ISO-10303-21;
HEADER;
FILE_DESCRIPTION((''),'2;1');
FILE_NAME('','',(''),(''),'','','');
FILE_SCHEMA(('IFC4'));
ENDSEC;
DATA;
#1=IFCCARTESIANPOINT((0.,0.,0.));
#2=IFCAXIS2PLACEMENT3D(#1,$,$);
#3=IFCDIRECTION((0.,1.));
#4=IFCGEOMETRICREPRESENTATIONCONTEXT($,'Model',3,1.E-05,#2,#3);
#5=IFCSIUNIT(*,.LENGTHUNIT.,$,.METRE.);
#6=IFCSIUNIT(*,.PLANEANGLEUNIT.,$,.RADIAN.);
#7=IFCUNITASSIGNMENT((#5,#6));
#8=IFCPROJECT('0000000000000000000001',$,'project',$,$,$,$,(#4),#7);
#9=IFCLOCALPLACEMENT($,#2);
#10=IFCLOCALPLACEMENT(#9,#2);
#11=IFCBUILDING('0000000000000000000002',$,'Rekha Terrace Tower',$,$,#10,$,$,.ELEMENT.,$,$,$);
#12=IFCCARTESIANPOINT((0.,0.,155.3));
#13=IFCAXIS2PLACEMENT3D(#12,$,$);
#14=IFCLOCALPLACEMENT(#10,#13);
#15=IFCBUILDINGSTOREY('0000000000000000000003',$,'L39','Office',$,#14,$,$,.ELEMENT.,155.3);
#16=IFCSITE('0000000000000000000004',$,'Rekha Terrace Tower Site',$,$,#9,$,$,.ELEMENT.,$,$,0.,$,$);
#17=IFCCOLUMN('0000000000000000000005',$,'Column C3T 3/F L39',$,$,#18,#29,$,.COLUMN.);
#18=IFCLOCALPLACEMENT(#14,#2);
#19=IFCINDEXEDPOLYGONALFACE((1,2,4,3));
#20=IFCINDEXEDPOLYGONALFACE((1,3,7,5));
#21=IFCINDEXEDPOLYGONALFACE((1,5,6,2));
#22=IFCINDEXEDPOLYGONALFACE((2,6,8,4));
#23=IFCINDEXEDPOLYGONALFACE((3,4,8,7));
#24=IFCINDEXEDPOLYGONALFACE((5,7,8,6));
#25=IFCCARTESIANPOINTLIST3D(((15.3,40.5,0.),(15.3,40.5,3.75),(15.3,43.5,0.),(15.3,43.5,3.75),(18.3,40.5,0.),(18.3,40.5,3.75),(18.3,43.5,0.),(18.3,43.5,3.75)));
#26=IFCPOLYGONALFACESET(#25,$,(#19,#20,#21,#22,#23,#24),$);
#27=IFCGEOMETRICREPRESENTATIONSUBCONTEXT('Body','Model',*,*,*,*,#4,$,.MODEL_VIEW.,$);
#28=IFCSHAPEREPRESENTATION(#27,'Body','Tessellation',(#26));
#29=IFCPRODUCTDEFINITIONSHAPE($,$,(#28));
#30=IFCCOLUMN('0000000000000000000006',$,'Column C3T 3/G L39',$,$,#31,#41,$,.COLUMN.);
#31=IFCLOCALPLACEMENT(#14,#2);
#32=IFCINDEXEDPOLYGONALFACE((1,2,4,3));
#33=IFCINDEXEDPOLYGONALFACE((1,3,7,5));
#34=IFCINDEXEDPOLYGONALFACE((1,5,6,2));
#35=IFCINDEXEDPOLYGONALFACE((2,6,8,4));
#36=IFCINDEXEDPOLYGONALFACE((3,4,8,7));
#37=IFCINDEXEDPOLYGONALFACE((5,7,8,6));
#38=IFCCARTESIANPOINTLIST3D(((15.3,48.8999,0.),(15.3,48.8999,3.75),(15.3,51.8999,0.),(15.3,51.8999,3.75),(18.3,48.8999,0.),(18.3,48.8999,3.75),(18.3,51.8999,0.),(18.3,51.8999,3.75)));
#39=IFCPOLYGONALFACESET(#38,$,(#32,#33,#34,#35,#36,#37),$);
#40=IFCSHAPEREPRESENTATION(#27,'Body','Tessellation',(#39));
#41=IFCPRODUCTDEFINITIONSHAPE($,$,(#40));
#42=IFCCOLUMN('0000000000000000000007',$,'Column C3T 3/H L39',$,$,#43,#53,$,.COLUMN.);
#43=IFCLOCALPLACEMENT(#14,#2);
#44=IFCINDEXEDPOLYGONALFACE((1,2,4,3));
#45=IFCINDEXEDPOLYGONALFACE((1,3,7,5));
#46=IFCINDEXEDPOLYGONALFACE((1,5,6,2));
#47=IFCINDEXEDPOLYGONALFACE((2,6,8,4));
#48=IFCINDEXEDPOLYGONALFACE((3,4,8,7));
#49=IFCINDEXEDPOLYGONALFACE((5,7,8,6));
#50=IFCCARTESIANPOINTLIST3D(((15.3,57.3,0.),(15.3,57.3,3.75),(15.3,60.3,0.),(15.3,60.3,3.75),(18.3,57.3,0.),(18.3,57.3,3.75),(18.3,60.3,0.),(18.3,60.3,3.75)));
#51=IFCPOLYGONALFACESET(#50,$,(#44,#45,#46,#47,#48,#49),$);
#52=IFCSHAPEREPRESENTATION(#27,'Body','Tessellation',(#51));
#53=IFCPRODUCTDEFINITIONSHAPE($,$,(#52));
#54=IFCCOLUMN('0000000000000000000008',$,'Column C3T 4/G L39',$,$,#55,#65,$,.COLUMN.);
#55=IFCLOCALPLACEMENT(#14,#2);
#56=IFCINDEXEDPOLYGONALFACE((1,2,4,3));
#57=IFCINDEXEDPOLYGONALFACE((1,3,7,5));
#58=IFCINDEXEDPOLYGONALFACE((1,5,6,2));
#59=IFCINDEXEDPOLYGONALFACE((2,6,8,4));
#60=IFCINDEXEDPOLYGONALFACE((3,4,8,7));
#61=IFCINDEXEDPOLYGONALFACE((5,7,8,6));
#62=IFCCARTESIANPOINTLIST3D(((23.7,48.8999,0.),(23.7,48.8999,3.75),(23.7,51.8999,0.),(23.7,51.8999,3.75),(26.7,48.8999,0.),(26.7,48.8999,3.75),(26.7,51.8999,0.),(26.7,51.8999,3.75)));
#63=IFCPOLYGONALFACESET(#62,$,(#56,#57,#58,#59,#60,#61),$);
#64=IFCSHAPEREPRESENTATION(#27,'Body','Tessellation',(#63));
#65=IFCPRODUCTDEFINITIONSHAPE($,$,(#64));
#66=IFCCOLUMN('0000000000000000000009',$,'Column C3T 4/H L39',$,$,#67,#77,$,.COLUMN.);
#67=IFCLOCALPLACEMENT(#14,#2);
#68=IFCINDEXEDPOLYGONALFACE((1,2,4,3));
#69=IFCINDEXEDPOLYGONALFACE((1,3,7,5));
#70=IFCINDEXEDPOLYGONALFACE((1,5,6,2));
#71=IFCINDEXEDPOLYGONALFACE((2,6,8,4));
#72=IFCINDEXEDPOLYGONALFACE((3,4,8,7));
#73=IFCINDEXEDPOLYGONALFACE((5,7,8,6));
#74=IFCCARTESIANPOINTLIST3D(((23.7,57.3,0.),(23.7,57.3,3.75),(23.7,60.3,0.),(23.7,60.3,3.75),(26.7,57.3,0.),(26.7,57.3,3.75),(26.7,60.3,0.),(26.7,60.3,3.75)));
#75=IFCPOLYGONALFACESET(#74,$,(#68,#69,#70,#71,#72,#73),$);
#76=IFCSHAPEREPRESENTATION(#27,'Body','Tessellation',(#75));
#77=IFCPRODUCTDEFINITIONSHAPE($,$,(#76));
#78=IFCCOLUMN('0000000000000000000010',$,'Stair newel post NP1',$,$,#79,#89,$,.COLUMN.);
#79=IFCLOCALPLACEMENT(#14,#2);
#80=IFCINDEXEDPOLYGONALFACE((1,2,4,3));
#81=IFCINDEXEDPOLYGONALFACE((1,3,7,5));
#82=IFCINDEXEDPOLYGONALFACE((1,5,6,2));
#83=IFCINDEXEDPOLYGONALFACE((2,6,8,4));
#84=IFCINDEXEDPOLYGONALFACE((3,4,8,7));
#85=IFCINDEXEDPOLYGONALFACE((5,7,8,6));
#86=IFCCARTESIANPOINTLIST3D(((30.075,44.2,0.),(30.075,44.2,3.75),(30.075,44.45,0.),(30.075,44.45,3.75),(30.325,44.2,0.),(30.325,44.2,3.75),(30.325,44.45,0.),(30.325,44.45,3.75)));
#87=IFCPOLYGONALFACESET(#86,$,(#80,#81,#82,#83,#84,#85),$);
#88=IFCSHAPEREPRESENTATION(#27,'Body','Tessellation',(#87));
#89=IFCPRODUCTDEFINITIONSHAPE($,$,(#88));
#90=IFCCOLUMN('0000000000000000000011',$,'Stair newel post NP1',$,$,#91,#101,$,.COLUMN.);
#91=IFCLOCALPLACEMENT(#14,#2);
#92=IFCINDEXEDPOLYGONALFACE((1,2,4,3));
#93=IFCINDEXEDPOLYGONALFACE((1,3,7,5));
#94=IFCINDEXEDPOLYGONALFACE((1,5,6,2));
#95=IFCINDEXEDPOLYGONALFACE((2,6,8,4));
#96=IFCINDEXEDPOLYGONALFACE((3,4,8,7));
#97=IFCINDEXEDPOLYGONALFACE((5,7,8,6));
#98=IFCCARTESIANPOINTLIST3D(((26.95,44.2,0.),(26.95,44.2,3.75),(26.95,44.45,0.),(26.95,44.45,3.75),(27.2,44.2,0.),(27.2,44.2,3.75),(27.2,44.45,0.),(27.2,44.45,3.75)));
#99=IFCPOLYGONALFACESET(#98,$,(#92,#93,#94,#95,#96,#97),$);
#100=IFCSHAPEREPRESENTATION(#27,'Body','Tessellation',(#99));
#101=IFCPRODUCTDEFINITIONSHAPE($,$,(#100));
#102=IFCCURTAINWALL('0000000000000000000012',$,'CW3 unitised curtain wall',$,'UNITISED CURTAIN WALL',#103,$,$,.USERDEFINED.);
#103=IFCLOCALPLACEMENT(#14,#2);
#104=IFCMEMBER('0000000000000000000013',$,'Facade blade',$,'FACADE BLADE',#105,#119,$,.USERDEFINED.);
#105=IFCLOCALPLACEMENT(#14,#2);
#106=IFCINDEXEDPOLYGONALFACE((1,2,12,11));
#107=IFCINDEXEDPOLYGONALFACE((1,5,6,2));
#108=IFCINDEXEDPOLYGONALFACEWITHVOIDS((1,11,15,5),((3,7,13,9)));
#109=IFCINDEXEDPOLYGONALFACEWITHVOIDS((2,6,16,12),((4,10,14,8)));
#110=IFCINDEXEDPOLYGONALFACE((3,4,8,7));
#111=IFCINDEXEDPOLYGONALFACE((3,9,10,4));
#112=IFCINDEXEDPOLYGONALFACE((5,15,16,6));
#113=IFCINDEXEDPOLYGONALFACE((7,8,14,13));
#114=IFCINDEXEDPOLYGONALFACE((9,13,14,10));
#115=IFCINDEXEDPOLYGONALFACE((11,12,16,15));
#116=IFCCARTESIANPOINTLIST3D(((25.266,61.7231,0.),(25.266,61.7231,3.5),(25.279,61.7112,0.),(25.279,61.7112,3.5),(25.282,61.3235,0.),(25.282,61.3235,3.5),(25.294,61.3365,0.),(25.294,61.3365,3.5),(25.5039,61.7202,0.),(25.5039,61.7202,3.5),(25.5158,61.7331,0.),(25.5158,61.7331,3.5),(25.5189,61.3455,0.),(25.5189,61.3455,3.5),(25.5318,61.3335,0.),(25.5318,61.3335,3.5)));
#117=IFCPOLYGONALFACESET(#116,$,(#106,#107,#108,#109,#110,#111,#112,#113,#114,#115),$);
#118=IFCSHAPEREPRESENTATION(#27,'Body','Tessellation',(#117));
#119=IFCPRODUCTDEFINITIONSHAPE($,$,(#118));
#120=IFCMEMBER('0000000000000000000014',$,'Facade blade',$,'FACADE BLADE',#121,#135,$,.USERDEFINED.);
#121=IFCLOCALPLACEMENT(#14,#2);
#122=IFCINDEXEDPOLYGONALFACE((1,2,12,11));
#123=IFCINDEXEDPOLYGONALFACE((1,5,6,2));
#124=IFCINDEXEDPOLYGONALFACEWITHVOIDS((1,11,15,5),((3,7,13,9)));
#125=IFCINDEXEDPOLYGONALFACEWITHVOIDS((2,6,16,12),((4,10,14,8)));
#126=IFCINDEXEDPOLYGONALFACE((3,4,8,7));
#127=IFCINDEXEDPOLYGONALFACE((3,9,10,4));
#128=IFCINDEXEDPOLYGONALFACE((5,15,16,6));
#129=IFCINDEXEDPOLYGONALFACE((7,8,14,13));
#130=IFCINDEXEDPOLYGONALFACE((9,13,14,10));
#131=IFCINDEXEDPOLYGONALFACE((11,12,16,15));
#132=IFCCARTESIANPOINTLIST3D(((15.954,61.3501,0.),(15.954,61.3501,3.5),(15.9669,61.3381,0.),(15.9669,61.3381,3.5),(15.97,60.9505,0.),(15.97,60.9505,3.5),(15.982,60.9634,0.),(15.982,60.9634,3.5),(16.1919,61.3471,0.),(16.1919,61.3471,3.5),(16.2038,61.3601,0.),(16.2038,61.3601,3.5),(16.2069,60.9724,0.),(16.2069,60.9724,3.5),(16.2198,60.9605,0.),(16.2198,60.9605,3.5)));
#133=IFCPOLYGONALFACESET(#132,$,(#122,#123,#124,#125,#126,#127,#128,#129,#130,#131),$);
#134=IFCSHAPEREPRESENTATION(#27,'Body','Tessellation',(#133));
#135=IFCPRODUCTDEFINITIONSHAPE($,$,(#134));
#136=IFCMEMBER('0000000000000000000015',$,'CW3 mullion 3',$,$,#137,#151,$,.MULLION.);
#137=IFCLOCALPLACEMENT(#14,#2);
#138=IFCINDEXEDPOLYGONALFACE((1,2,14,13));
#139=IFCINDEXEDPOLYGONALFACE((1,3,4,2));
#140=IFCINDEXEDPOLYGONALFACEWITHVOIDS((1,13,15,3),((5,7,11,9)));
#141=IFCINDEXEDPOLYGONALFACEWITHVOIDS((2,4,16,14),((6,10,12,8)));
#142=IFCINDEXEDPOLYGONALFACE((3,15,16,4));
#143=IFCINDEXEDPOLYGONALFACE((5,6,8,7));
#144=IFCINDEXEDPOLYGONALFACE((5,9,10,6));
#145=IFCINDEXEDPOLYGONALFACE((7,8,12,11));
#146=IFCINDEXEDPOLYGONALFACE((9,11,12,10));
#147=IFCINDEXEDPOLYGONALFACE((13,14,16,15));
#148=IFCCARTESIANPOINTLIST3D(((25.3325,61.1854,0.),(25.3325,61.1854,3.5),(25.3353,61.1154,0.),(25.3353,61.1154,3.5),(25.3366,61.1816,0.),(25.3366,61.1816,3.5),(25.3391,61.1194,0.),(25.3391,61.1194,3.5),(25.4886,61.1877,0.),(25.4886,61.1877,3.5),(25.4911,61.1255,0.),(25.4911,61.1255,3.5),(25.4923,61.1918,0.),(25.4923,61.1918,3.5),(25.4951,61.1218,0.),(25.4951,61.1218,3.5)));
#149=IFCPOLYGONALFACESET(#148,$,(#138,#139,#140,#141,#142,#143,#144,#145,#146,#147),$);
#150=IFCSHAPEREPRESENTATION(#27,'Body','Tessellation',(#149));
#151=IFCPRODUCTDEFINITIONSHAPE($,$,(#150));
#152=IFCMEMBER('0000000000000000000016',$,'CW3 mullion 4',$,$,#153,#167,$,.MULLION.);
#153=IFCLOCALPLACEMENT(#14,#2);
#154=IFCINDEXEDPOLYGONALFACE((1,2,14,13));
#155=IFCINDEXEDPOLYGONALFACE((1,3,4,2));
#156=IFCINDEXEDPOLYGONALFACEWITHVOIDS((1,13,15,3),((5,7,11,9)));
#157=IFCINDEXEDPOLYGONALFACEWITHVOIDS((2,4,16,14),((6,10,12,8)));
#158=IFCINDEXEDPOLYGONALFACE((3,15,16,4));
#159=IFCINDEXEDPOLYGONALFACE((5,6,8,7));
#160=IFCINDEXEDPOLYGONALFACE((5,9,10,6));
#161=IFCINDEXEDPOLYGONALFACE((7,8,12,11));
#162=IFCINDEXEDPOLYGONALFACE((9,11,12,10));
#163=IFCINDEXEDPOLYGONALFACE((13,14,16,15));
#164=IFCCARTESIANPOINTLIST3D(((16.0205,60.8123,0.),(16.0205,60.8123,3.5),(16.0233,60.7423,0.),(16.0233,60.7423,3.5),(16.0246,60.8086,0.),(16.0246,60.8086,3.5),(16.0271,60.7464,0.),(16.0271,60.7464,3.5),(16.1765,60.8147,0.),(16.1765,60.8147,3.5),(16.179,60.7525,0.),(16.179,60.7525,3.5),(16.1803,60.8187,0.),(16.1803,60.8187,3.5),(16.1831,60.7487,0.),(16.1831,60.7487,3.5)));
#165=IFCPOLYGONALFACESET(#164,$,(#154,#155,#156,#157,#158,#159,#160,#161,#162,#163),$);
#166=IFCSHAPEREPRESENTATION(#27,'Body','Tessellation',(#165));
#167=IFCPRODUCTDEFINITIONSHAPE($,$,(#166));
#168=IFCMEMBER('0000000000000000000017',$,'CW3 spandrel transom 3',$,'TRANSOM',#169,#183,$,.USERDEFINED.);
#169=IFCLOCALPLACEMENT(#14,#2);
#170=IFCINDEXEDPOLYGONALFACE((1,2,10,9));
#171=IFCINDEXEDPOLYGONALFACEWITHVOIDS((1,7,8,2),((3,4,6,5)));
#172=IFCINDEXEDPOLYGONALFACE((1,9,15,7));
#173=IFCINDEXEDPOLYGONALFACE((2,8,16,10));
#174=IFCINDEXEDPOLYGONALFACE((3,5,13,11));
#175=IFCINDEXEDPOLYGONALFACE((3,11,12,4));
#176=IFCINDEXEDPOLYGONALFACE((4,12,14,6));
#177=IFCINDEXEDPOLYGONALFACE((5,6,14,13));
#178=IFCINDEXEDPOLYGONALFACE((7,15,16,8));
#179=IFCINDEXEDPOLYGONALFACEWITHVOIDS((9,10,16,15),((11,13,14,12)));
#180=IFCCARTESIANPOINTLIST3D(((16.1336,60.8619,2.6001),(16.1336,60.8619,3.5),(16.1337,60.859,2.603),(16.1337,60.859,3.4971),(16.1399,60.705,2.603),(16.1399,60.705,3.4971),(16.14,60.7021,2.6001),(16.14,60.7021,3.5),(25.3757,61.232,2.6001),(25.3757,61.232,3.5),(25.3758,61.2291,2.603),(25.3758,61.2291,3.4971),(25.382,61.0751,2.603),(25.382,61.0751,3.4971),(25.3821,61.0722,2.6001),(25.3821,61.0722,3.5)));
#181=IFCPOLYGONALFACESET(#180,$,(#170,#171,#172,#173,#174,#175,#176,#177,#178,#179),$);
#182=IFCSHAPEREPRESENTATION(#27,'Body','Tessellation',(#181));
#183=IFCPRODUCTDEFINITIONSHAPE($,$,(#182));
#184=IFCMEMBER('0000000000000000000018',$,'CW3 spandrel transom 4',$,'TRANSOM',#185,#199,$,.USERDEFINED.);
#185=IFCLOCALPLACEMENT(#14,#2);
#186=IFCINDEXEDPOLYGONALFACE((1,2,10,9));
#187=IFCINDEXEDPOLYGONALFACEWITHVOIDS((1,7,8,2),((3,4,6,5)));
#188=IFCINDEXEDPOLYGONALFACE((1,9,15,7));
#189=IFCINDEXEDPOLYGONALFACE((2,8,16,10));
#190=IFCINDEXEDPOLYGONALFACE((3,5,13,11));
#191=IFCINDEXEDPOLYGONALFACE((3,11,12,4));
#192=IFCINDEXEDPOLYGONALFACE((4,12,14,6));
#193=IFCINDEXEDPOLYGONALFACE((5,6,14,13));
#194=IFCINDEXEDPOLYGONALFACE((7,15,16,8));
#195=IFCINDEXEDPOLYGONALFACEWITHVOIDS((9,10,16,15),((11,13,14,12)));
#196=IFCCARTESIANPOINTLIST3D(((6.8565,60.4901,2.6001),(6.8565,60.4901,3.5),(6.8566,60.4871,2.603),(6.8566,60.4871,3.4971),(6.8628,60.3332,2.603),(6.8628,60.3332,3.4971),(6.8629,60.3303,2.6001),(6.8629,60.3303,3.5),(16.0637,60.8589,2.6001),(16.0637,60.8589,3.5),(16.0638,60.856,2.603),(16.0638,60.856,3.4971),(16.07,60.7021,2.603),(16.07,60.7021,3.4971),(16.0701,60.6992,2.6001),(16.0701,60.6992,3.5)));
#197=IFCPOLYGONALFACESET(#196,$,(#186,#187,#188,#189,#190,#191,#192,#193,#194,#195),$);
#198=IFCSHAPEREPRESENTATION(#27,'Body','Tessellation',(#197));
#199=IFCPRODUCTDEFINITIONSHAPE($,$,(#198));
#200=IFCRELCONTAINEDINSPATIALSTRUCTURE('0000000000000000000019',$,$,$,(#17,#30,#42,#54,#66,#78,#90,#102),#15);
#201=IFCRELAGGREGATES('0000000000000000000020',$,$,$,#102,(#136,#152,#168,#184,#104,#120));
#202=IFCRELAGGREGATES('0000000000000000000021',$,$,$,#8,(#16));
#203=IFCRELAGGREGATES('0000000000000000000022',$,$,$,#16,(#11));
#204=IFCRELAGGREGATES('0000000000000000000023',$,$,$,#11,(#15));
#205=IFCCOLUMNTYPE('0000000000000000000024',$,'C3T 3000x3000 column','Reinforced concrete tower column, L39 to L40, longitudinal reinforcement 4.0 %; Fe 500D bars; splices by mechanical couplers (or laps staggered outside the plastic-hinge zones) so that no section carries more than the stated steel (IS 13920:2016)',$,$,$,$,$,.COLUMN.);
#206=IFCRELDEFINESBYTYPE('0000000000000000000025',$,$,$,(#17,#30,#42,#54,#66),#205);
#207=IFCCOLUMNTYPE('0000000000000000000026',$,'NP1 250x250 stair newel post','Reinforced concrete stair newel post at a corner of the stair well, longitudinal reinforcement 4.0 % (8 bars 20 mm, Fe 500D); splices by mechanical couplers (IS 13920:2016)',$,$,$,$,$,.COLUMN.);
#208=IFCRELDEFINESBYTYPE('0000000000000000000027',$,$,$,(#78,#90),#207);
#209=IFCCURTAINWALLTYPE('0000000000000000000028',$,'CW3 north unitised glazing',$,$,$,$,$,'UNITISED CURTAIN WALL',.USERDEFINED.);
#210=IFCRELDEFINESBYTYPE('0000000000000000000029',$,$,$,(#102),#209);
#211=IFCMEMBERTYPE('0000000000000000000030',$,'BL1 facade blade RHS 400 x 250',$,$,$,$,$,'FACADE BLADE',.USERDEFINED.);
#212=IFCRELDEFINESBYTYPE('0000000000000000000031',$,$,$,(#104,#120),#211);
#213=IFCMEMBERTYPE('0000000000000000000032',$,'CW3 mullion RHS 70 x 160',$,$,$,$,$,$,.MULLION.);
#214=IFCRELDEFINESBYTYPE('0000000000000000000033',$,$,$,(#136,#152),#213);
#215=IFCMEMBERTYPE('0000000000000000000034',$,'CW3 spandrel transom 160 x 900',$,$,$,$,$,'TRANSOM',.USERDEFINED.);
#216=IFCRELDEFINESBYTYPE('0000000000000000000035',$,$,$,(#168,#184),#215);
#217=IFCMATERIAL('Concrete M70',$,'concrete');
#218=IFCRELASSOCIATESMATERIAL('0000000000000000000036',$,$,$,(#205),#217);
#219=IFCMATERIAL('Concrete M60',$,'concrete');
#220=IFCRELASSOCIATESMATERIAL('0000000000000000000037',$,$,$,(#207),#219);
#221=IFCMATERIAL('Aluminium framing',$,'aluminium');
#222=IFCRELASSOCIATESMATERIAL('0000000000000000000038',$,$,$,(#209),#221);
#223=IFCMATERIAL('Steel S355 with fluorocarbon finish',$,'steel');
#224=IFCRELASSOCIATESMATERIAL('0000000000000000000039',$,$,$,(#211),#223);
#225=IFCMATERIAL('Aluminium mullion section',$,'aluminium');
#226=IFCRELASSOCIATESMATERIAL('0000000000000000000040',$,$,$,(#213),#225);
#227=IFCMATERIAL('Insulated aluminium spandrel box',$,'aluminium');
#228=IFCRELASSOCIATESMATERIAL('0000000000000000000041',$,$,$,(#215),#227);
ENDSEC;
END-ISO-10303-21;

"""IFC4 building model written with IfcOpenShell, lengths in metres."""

from ifc_helpers import new_model, si_unit, direction, frame, origin, origin_2d, place, context, subcontext, project, spatial, rectangle, hollow_rectangle, extrude, material, material_profile, profile_set, type_object, element, aggregate, save


model = new_model("IFC4")

# Units and contexts
model_context = context("Model", 3, precision=1e-05, world=origin(), true_north=direction((0.0, 1.0)))
body_context = subcontext(model_context, "Body", "Model", "MODEL_VIEW")
ifc_project = project(units=[si_unit("LENGTHUNIT", "METRE"), si_unit("PLANEANGLEUNIT", "RADIAN")], contexts=[model_context])

# Site, building, storey
site_placement = place(None, origin())
site = spatial("IfcSite", under=ifc_project, at=site_placement, Name="Rekha Terrace Tower Site", CompositionType="ELEMENT", RefElevation=0.0)
building_placement = place(site_placement, origin())
building = spatial("IfcBuilding", under=site, at=building_placement, Name="Rekha Terrace Tower", CompositionType="ELEMENT")
storey_placement = place(building_placement, frame((0.0, 0.0, 155.3)))
storey = spatial("IfcBuildingStorey", under=building, at=storey_placement, Name="L39", Description="Office", CompositionType="ELEMENT", Elevation=155.3)

# Columns
ifc_material_1 = material(Name="Concrete M70", Category="concrete")
ifc_material_profile_1 = material_profile(ifc_material_1, rectangle(XDim=3.0, YDim=3.0, at=origin_2d()), Name="RC 3000x3000")
ifc_profile_set_1 = profile_set([ifc_material_profile_1], Name="Concrete M70")
column_type_1 = type_object("IfcColumnType", Name="C3T 3000x3000 column", Description="Reinforced concrete tower column, L39 to L40, longitudinal reinforcement 4.0 %; Fe 500D bars; splices by mechanical couplers (or laps staggered outside the plastic-hinge zones) so that no section carries more than the stated steel (IS 13920:2016)", PredefinedType="COLUMN", material=ifc_profile_set_1)
for number, where, z_axis, x_axis, name in (
    (1, (16.8, 42.0, 0.0), (0.0, 0.0, 1.0), (1.0, 0.0, 0.0), "Column C3T 3/F L39"),
    (2, (16.8, 50.3999, 0.0), (0.0, 0.0, 1.0), (1.0, 0.0, 0.0), "Column C3T 3/G L39"),
    (3, (16.8, 58.8, 0.0), (0.0, 0.0, 1.0), (1.0, 0.0, 0.0), "Column C3T 3/H L39"),
    (4, (25.2, 50.3999, 0.0), (0.0, 0.0, 1.0), (1.0, 0.0, 0.0), "Column C3T 4/G L39"),
    (5, (25.2, 58.8, 0.0), (0.0, 0.0, 1.0), (1.0, 0.0, 0.0), "Column C3T 4/H L39"),
):
    element("IfcColumn", number, at=place(storey_placement, frame(where, z_axis=z_axis, x_axis=x_axis)), inside=storey, type_object=column_type_1, Name=name, PredefinedType="COLUMN", context=body_context, shape_type="SweptSolid", body=[
        extrude(rectangle(XDim=3.0, YDim=3.0, at=origin_2d()), origin(), (0.0, 0.0, 1.0), 3.75),
    ])
ifc_material_2 = material(Name="Concrete M60", Category="concrete")
ifc_material_profile_2 = material_profile(ifc_material_2, rectangle(XDim=0.25, YDim=0.25, at=origin_2d()), Name="RC 250x250")
ifc_profile_set_2 = profile_set([ifc_material_profile_2], Name="Concrete M60")
column_type_2 = type_object("IfcColumnType", Name="NP1 250x250 stair newel post", Description="Reinforced concrete stair newel post at a corner of the stair well, longitudinal reinforcement 4.0 % (8 bars 20 mm, Fe 500D); splices by mechanical couplers (IS 13920:2016)", PredefinedType="COLUMN", material=ifc_profile_set_2)
for number, where, z_axis, x_axis, name in (
    (6, (30.2, 44.325, 0.0), (0.0, 0.0, 1.0), (1.0, 0.0, 0.0), "Stair newel post NP1"),
    (7, (27.075, 44.325, 0.0), (0.0, 0.0, 1.0), (1.0, 0.0, 0.0), "Stair newel post NP1"),
):
    element("IfcColumn", number, at=place(storey_placement, frame(where, z_axis=z_axis, x_axis=x_axis)), inside=storey, type_object=column_type_2, Name=name, PredefinedType="COLUMN", context=body_context, shape_type="SweptSolid", body=[
        extrude(rectangle(XDim=0.25, YDim=0.25, at=origin_2d()), origin(), (0.0, 0.0, 1.0), 3.75),
    ])

# Curtain wall, members
ifc_material_3 = material(Name="Aluminium framing", Category="aluminium")
curtain_wall_type = type_object("IfcCurtainWallType", Name="CW3 north unitised glazing", ElementType="UNITISED CURTAIN WALL", PredefinedType="USERDEFINED", material=ifc_material_3)
curtain_wall_placement = place(storey_placement, origin())
curtain_wall = element("IfcCurtainWall", 8, at=curtain_wall_placement, inside=storey, type_object=curtain_wall_type, Name="CW3 unitised curtain wall", ObjectType="UNITISED CURTAIN WALL", PredefinedType="USERDEFINED")
ifc_material_4 = material(Name="Steel S355 with fluorocarbon finish", Category="steel")
ifc_material_profile_3 = material_profile(ifc_material_4, hollow_rectangle(XDim=0.25, YDim=0.3999, WallThickness=0.0125, at=origin_2d()), Name="RHS400x250x12.5")
ifc_profile_set_3 = profile_set([ifc_material_profile_3], Name="Steel S355 with fluorocarbon finish")
member_type_1 = type_object("IfcMemberType", Name="BL1 facade blade RHS 400 x 250", ElementType="FACADE BLADE", PredefinedType="USERDEFINED", material=ifc_profile_set_3)
member_1_placement = place(storey_placement, frame((25.3989, 61.5283, 0.0), z_axis=(0.0, 0.0, 1.0), x_axis=(-0.999198, -0.040032, 0.0)))
member_1 = element("IfcMember", 9, at=member_1_placement, type_object=member_type_1, Name="Facade blade", ObjectType="FACADE BLADE", PredefinedType="USERDEFINED", context=body_context, shape_type="SweptSolid", body=[
    extrude(hollow_rectangle(XDim=0.25, YDim=0.3999, WallThickness=0.0125, at=origin_2d()), origin(), (0.0, 0.0, 1.0), 3.5),
])
member_2_placement = place(storey_placement, frame((16.0869, 61.1553, 0.0), z_axis=(0.0, 0.0, 1.0), x_axis=(-0.999198, -0.040032, 0.0)))
member_2 = element("IfcMember", 10, at=member_2_placement, type_object=member_type_1, Name="Facade blade", ObjectType="FACADE BLADE", PredefinedType="USERDEFINED", context=body_context, shape_type="SweptSolid", body=[
    extrude(hollow_rectangle(XDim=0.25, YDim=0.3999, WallThickness=0.0125, at=origin_2d()), origin(), (0.0, 0.0, 1.0), 3.5),
])
ifc_material_5 = material(Name="Aluminium mullion section", Category="aluminium")
ifc_material_profile_4 = material_profile(ifc_material_5, hollow_rectangle(XDim=0.0701, YDim=0.1599, WallThickness=0.0039, at=origin_2d()), Name="AL RHS 70x160")
ifc_profile_set_4 = profile_set([ifc_material_profile_4], Name="Aluminium mullion section")
member_type_2 = type_object("IfcMemberType", Name="CW3 mullion RHS 70 x 160", PredefinedType="MULLION", material=ifc_profile_set_4)
member_3_placement = place(storey_placement, frame((25.4138, 61.1536, 0.0), z_axis=(0.0, 0.0, 1.0), x_axis=(0.040032, -0.999198, 0.0)))
member_3 = element("IfcMember", 11, at=member_3_placement, type_object=member_type_2, Name="CW3 mullion 3", PredefinedType="MULLION", context=body_context, shape_type="SweptSolid", body=[
    extrude(hollow_rectangle(XDim=0.0701, YDim=0.1599, WallThickness=0.0039, at=origin_2d()), origin(), (0.0, 0.0, 1.0), 3.5),
])
member_4_placement = place(storey_placement, frame((16.1018, 60.7805, 0.0), z_axis=(0.0, 0.0, 1.0), x_axis=(0.040032, -0.999198, 0.0)))
member_4 = element("IfcMember", 12, at=member_4_placement, type_object=member_type_2, Name="CW3 mullion 4", PredefinedType="MULLION", context=body_context, shape_type="SweptSolid", body=[
    extrude(hollow_rectangle(XDim=0.0701, YDim=0.1599, WallThickness=0.0039, at=origin_2d()), origin(), (0.0, 0.0, 1.0), 3.5),
])
ifc_material_6 = material(Name="Insulated aluminium spandrel box", Category="aluminium")
ifc_material_profile_5 = material_profile(ifc_material_6, hollow_rectangle(XDim=0.1599, YDim=0.8999, WallThickness=0.0029, at=origin_2d()), Name="AL SPANDREL BOX 160x900")
ifc_profile_set_5 = profile_set([ifc_material_profile_5], Name="Insulated aluminium spandrel box")
member_type_3 = type_object("IfcMemberType", Name="CW3 spandrel transom 160 x 900", ElementType="TRANSOM", PredefinedType="USERDEFINED", material=ifc_profile_set_5)
member_5_placement = place(storey_placement, frame((25.3789, 61.1521, 3.05), z_axis=(-0.999199, -0.040014, 0.0), x_axis=(0.040014, -0.999199, 0.0)))
member_5 = element("IfcMember", 13, at=member_5_placement, type_object=member_type_3, Name="CW3 spandrel transom 3", ObjectType="TRANSOM", PredefinedType="USERDEFINED", context=body_context, shape_type="SweptSolid", body=[
    extrude(hollow_rectangle(XDim=0.1599, YDim=0.8999, WallThickness=0.0029, at=origin_2d()), origin(), (0.0, 0.0, 1.0), 9.2495),
])
member_6_placement = place(storey_placement, frame((16.0669, 60.7791, 3.05), z_axis=(-0.999198, -0.040034, 0.0), x_axis=(0.040034, -0.999198, 0.0)))
member_6 = element("IfcMember", 14, at=member_6_placement, type_object=member_type_3, Name="CW3 spandrel transom 4", ObjectType="TRANSOM", PredefinedType="USERDEFINED", context=body_context, shape_type="SweptSolid", body=[
    extrude(hollow_rectangle(XDim=0.1599, YDim=0.8999, WallThickness=0.0029, at=origin_2d()), origin(), (0.0, 0.0, 1.0), 9.2146),
])
aggregate(curtain_wall, [member_3, member_4, member_5, member_6, member_1, member_2])

save(model, "model.ifc")
